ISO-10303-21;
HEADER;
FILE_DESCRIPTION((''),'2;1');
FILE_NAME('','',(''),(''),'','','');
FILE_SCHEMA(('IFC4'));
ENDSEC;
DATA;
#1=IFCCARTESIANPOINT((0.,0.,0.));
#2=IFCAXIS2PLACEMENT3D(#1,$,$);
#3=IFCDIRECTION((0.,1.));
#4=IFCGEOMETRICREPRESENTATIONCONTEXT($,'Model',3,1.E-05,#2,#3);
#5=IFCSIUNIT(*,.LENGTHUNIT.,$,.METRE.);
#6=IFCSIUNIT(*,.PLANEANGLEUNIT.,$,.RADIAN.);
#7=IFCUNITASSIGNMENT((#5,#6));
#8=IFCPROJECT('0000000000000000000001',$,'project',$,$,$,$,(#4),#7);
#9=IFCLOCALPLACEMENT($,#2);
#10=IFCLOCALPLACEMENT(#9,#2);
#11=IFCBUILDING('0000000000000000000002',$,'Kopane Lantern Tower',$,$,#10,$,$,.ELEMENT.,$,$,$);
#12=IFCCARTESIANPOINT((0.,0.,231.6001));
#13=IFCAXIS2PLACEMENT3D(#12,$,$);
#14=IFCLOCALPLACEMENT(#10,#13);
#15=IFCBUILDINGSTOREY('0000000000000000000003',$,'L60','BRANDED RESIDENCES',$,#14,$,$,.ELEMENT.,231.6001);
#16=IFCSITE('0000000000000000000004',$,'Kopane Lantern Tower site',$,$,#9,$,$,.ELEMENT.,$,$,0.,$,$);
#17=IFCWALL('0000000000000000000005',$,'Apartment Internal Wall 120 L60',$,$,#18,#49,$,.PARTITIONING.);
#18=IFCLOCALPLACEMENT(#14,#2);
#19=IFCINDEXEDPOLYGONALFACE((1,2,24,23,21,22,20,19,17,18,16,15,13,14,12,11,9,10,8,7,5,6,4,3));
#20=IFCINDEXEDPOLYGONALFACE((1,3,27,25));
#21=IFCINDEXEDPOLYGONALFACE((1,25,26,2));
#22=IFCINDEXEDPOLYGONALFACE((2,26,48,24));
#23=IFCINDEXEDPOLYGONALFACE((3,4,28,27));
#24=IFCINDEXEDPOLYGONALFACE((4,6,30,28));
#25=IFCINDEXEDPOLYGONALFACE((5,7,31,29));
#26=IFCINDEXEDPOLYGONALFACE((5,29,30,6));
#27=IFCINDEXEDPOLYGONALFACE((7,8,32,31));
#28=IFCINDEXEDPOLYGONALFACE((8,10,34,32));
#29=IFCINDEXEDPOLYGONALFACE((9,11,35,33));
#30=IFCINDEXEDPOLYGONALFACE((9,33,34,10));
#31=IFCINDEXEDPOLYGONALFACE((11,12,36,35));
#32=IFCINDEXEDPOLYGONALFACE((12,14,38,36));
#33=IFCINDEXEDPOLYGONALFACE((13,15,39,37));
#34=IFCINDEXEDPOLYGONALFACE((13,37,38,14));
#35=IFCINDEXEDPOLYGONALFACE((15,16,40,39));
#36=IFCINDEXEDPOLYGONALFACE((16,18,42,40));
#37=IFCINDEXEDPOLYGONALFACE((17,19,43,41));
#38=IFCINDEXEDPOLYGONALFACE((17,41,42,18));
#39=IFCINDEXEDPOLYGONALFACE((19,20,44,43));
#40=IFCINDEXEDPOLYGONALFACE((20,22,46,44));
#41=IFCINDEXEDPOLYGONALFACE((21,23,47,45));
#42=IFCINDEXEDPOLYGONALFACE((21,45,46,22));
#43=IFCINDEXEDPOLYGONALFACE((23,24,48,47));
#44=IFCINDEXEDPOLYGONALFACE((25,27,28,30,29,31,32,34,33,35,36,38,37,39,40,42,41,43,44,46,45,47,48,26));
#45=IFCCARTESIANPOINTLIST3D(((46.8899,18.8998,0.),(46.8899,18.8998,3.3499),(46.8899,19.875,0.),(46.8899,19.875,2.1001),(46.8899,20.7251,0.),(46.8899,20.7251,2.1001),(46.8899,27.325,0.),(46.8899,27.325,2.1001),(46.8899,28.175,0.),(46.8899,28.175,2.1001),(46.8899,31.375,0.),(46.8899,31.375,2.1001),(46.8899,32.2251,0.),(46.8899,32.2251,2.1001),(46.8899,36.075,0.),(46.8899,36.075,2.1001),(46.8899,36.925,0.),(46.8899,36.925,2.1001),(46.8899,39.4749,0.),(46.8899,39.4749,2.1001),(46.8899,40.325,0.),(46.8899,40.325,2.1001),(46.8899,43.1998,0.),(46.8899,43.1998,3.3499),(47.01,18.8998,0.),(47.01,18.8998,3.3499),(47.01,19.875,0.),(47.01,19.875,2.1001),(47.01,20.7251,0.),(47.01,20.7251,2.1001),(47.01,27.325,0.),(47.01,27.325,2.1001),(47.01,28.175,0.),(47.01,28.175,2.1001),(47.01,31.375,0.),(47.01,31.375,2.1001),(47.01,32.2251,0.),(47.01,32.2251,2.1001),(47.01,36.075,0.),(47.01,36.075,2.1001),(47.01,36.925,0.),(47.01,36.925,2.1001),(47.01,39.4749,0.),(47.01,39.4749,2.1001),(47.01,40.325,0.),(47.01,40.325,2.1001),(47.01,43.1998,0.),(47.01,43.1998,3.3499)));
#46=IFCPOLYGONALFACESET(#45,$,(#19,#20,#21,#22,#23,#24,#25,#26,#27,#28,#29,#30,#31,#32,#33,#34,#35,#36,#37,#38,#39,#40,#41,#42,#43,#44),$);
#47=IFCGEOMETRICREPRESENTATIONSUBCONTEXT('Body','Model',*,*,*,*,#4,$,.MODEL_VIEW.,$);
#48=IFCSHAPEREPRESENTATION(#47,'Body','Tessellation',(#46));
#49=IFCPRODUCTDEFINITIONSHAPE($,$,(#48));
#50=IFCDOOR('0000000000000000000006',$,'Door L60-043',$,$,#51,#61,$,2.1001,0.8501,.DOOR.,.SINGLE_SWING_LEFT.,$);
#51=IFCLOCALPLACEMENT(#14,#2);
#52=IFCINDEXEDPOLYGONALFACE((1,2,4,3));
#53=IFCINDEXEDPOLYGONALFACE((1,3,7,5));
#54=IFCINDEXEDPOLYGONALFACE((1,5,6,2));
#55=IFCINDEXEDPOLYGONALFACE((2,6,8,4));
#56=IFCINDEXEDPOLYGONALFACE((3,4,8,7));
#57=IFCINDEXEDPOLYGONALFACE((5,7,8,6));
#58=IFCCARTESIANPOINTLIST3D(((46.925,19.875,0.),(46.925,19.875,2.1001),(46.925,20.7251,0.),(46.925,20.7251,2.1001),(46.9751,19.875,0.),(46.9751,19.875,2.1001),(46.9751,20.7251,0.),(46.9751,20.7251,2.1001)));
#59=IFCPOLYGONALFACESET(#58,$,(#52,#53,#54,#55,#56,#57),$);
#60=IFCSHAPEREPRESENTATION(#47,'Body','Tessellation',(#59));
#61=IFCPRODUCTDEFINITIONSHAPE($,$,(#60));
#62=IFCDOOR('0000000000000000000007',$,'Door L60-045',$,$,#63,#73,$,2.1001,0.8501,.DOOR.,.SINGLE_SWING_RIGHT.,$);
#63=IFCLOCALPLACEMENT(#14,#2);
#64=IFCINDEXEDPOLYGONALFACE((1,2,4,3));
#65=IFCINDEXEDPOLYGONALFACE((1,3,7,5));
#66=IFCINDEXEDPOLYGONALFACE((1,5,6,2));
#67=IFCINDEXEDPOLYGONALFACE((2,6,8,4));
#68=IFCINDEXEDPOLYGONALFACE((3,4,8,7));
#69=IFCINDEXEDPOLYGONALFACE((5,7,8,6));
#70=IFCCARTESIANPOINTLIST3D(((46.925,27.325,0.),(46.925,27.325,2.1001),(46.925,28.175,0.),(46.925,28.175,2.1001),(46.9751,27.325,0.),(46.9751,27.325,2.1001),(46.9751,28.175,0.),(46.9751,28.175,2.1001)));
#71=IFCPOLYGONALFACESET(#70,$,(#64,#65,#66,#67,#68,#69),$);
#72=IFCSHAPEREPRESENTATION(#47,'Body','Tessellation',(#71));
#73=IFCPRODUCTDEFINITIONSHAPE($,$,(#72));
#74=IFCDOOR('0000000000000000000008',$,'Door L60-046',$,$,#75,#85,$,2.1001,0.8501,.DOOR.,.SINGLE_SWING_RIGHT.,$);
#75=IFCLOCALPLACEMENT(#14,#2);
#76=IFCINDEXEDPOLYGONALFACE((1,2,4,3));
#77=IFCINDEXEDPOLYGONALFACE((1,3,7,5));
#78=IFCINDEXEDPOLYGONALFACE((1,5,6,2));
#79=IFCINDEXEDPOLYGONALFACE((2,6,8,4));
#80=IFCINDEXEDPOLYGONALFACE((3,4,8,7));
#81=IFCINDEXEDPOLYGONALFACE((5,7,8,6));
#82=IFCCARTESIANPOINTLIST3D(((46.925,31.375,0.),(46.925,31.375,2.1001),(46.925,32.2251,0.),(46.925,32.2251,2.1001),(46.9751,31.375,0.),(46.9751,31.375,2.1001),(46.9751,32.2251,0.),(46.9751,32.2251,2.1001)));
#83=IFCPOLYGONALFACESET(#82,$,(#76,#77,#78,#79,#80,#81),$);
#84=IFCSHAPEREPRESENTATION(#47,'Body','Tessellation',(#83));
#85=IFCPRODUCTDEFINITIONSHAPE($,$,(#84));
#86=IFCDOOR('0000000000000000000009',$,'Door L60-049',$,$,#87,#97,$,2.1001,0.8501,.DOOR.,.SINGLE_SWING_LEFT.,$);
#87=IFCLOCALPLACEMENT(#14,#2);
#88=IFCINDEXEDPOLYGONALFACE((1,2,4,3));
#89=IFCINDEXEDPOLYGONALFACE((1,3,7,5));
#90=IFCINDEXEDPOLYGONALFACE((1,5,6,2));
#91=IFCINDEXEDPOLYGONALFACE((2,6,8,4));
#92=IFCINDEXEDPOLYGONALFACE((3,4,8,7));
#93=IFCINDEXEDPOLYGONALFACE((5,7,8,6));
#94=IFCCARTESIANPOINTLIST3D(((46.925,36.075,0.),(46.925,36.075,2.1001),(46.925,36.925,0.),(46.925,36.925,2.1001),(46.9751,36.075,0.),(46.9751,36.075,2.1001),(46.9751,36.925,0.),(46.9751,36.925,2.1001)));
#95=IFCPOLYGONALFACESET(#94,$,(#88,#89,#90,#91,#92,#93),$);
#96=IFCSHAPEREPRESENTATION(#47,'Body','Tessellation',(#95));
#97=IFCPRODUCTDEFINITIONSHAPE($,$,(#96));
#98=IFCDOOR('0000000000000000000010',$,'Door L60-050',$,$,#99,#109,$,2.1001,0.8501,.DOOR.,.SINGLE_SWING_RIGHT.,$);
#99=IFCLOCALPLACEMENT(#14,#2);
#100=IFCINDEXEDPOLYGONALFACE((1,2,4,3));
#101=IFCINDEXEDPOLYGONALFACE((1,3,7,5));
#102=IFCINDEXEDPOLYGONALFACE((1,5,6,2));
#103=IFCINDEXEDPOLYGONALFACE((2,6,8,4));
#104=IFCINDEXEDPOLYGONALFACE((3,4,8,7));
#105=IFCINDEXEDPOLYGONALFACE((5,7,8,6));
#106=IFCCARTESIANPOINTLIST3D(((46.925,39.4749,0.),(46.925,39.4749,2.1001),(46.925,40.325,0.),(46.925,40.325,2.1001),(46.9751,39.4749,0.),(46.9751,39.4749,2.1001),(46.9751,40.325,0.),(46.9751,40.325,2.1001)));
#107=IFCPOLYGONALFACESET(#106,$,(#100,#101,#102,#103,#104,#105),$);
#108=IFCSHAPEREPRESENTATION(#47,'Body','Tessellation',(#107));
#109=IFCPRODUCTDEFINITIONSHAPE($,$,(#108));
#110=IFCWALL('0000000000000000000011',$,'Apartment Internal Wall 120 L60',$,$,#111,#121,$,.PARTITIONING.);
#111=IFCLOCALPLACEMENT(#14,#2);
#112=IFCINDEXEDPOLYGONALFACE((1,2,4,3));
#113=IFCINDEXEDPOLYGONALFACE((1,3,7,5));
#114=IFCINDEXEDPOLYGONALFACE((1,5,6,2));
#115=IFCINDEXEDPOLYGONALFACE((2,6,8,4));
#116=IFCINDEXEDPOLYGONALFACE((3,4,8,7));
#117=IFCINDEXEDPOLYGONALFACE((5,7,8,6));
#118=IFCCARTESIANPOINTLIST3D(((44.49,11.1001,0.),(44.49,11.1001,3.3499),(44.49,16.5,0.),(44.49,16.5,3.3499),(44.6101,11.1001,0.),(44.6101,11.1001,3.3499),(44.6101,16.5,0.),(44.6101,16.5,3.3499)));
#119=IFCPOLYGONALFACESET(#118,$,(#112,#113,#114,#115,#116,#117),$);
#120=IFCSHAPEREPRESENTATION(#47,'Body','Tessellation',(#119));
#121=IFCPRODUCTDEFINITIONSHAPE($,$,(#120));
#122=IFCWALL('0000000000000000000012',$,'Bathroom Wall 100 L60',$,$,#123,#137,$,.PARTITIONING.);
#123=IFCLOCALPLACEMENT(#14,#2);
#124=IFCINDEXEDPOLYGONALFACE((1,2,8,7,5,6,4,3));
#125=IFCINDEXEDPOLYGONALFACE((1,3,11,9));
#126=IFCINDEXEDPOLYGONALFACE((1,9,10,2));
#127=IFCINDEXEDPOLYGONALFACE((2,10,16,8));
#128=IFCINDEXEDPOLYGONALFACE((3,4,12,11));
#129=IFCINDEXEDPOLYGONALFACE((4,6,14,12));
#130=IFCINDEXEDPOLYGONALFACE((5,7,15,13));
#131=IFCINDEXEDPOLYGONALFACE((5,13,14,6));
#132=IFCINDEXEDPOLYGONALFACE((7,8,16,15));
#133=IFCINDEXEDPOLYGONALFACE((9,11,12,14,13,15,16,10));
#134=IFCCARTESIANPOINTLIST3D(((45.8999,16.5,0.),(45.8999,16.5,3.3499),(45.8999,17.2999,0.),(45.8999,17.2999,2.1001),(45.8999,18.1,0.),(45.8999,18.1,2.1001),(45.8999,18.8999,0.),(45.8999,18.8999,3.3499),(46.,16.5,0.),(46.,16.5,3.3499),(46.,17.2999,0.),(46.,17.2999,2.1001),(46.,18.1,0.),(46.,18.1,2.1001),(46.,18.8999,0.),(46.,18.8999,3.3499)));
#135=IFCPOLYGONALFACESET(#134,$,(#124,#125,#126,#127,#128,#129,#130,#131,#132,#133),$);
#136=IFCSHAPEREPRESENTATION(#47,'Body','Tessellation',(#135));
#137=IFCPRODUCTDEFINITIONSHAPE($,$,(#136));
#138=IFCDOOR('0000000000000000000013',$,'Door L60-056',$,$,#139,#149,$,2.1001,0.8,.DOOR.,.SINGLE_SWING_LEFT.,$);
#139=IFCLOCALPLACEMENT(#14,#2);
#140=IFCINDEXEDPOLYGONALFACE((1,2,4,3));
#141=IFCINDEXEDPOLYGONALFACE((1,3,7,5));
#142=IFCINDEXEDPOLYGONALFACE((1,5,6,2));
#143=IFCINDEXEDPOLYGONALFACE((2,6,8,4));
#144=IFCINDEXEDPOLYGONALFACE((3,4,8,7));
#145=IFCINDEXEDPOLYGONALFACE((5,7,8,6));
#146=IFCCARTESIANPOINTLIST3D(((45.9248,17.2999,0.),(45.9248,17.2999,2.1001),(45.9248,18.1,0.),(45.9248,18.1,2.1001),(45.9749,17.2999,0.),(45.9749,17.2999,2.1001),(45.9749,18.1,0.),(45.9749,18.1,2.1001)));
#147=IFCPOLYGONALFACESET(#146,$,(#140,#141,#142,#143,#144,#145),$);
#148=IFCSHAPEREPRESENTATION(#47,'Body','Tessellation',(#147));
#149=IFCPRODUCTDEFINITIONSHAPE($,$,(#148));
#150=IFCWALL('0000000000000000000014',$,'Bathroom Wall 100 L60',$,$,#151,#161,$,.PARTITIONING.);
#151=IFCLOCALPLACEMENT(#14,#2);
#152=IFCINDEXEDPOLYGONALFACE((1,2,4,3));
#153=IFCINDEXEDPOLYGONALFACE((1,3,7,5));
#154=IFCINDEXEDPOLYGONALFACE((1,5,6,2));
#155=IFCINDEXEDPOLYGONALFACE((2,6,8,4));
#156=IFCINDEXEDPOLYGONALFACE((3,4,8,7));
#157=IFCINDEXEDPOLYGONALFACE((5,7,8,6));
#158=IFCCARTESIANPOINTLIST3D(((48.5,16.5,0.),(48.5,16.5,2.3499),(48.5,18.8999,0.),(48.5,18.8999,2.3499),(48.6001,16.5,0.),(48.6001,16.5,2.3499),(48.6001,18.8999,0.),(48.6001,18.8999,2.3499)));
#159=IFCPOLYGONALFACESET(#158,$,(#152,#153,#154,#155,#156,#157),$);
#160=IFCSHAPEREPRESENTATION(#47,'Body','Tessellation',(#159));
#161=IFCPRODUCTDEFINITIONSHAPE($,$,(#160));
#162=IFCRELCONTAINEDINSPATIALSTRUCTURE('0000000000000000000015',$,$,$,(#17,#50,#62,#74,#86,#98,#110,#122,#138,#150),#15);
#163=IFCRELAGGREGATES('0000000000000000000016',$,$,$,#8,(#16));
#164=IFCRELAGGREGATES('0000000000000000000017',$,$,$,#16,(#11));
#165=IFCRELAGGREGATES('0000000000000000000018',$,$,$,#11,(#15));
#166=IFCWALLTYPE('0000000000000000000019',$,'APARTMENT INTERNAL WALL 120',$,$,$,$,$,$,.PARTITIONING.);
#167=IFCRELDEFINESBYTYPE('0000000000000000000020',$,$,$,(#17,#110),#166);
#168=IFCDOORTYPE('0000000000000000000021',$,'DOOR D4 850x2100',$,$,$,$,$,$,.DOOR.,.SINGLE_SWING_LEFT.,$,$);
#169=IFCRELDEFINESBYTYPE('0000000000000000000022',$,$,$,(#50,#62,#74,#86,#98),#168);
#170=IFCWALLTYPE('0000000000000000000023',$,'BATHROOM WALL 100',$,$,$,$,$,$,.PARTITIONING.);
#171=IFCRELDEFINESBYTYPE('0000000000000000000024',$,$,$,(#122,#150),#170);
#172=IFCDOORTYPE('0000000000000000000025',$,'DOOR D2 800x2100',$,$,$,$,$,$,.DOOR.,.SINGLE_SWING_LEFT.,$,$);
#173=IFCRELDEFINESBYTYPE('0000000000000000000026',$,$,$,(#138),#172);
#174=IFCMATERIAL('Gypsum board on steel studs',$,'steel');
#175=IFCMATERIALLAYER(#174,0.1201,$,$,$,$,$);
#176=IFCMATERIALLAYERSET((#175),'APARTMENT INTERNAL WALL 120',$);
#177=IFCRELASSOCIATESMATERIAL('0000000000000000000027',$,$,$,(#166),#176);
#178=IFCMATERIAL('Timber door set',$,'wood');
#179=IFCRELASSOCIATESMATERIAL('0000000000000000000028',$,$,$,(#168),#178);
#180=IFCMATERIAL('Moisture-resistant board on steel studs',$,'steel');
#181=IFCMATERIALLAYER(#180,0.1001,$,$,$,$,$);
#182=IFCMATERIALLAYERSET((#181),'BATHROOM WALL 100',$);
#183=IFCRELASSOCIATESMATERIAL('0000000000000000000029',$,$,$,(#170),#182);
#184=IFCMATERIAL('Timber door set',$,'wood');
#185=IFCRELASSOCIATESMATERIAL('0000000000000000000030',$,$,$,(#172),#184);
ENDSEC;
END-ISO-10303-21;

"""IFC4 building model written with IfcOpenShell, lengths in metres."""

from ifc_helpers import new_model, si_unit, direction, frame, frame_2d, origin, place, context, subcontext, project, spatial, rectangle, extrude, material, layer, layer_set, type_object, element, fill, save


model = new_model("IFC4")

# Units and contexts
model_context = context("Model", 3, precision=1e-05, world=origin(), true_north=direction((0.0, 1.0)))
body_context = subcontext(model_context, "Body", "Model", "MODEL_VIEW")
ifc_project = project(units=[si_unit("LENGTHUNIT", "METRE"), si_unit("PLANEANGLEUNIT", "RADIAN")], contexts=[model_context])

# Site, building, storey
site_placement = place(None, origin())
site = spatial("IfcSite", under=ifc_project, at=site_placement, Name="Kopane Lantern Tower site", CompositionType="ELEMENT", RefElevation=0.0)
building_placement = place(site_placement, origin())
building = spatial("IfcBuilding", under=site, at=building_placement, Name="Kopane Lantern Tower", CompositionType="ELEMENT")
storey_placement = place(building_placement, frame((0.0, 0.0, 231.6001)))
storey = spatial("IfcBuildingStorey", under=building, at=storey_placement, Name="L60", Description="BRANDED RESIDENCES", CompositionType="ELEMENT", Elevation=231.6001)

# Wall, openings, doors
ifc_material_1 = material(Name="Gypsum board on steel studs", Category="steel")
ifc_layer_1 = layer(ifc_material_1, 0.1201)
ifc_layer_set_1 = layer_set([ifc_layer_1], Name="APARTMENT INTERNAL WALL 120")
wall_type_1 = type_object("IfcWallType", Name="APARTMENT INTERNAL WALL 120", PredefinedType="PARTITIONING", material=ifc_layer_set_1)
wall_1_placement = place(storey_placement, frame((46.95, 18.8999, 0.0), z_axis=(0.0, 0.0, 1.0), x_axis=(0.0, 1.0, 0.0)))
wall_1 = element("IfcWall", 1, at=wall_1_placement, inside=storey, type_object=wall_type_1, Name="Apartment Internal Wall 120 L60", PredefinedType="PARTITIONING", context=body_context, shape_type="SweptSolid", body=[
    extrude(rectangle(XDim=24.3, YDim=0.1201, at=frame_2d((12.1499, 0.0))), origin(), (0.0, 0.0, 1.0), 3.3499),
])
opening_1_placement = place(wall_1_placement, frame((0.9751, 0.0, 0.0)))
opening_1 = element("IfcOpeningElement", 2, at=opening_1_placement, cuts=wall_1, PredefinedType="OPENING", context=body_context, shape_type="SweptSolid", body=[
    extrude(rectangle(XDim=0.8501, YDim=2.1001, at=frame_2d((0.425, 1.05))), frame((0.0, 0.0701, 0.0), z_axis=(0.0, -1.0, 0.0), x_axis=(1.0, 0.0, 0.0)), (0.0, 0.0, 1.0), 0.1401),
])
opening_2_placement = place(wall_1_placement, frame((8.425, 0.0, 0.0)))
opening_2 = element("IfcOpeningElement", 3, at=opening_2_placement, cuts=wall_1, PredefinedType="OPENING", context=body_context, shape_type="SweptSolid", body=[
    extrude(rectangle(XDim=0.8501, YDim=2.1001, at=frame_2d((0.425, 1.05))), frame((0.0, 0.0701, 0.0), z_axis=(0.0, -1.0, 0.0), x_axis=(1.0, 0.0, 0.0)), (0.0, 0.0, 1.0), 0.1401),
])
opening_3_placement = place(wall_1_placement, frame((12.4751, 0.0, 0.0)))
opening_3 = element("IfcOpeningElement", 4, at=opening_3_placement, cuts=wall_1, PredefinedType="OPENING", context=body_context, shape_type="SweptSolid", body=[
    extrude(rectangle(XDim=0.8501, YDim=2.1001, at=frame_2d((0.425, 1.05))), frame((0.0, 0.0701, 0.0), z_axis=(0.0, -1.0, 0.0), x_axis=(1.0, 0.0, 0.0)), (0.0, 0.0, 1.0), 0.1401),
])
opening_4_placement = place(wall_1_placement, frame((17.175, 0.0, 0.0)))
opening_4 = element("IfcOpeningElement", 5, at=opening_4_placement, cuts=wall_1, PredefinedType="OPENING", context=body_context, shape_type="SweptSolid", body=[
    extrude(rectangle(XDim=0.8501, YDim=2.1001, at=frame_2d((0.425, 1.05))), frame((0.0, 0.0701, 0.0), z_axis=(0.0, -1.0, 0.0), x_axis=(1.0, 0.0, 0.0)), (0.0, 0.0, 1.0), 0.1401),
])
opening_5_placement = place(wall_1_placement, frame((20.575, 0.0, 0.0)))
opening_5 = element("IfcOpeningElement", 6, at=opening_5_placement, cuts=wall_1, PredefinedType="OPENING", context=body_context, shape_type="SweptSolid", body=[
    extrude(rectangle(XDim=0.8501, YDim=2.1001, at=frame_2d((0.425, 1.05))), frame((0.0, 0.0701, 0.0), z_axis=(0.0, -1.0, 0.0), x_axis=(1.0, 0.0, 0.0)), (0.0, 0.0, 1.0), 0.1401),
])
ifc_material_2 = material(Name="Timber door set", Category="wood")
door_type_1 = type_object("IfcDoorType", Name="DOOR D4 850x2100", OperationType="SINGLE_SWING_LEFT", PredefinedType="DOOR", material=ifc_material_2)
door_1_placement = place(opening_1_placement, origin())
door_1 = element("IfcDoor", 7, at=door_1_placement, inside=storey, type_object=door_type_1, Name="Door L60-043", OperationType="SINGLE_SWING_LEFT", OverallHeight=2.1001, OverallWidth=0.8501, PredefinedType="DOOR", context=body_context, shape_type="SweptSolid", body=[
    extrude(rectangle(XDim=0.8501, YDim=2.1001, at=frame_2d((0.425, 1.05))), frame((0.0, 0.0249, 0.0), z_axis=(0.0, -1.0, 0.0), x_axis=(1.0, 0.0, 0.0)), (0.0, 0.0, 1.0), 0.05),
])
fill(opening_1, door_1)
door_2_placement = place(opening_2_placement, origin())
door_2 = element("IfcDoor", 8, at=door_2_placement, inside=storey, type_object=door_type_1, Name="Door L60-045", OperationType="SINGLE_SWING_RIGHT", OverallHeight=2.1001, OverallWidth=0.8501, PredefinedType="DOOR", context=body_context, shape_type="SweptSolid", body=[
    extrude(rectangle(XDim=0.8501, YDim=2.1001, at=frame_2d((0.425, 1.05))), frame((0.0, 0.0249, 0.0), z_axis=(0.0, -1.0, 0.0), x_axis=(1.0, 0.0, 0.0)), (0.0, 0.0, 1.0), 0.05),
])
fill(opening_2, door_2)
door_3_placement = place(opening_3_placement, origin())
door_3 = element("IfcDoor", 9, at=door_3_placement, inside=storey, type_object=door_type_1, Name="Door L60-046", OperationType="SINGLE_SWING_RIGHT", OverallHeight=2.1001, OverallWidth=0.8501, PredefinedType="DOOR", context=body_context, shape_type="SweptSolid", body=[
    extrude(rectangle(XDim=0.8501, YDim=2.1001, at=frame_2d((0.425, 1.05))), frame((0.0, 0.0249, 0.0), z_axis=(0.0, -1.0, 0.0), x_axis=(1.0, 0.0, 0.0)), (0.0, 0.0, 1.0), 0.05),
])
fill(opening_3, door_3)
door_4_placement = place(opening_4_placement, origin())
door_4 = element("IfcDoor", 10, at=door_4_placement, inside=storey, type_object=door_type_1, Name="Door L60-049", OperationType="SINGLE_SWING_LEFT", OverallHeight=2.1001, OverallWidth=0.8501, PredefinedType="DOOR", context=body_context, shape_type="SweptSolid", body=[
    extrude(rectangle(XDim=0.8501, YDim=2.1001, at=frame_2d((0.425, 1.05))), frame((0.0, 0.0249, 0.0), z_axis=(0.0, -1.0, 0.0), x_axis=(1.0, 0.0, 0.0)), (0.0, 0.0, 1.0), 0.05),
])
fill(opening_4, door_4)
door_5_placement = place(opening_5_placement, origin())
door_5 = element("IfcDoor", 11, at=door_5_placement, inside=storey, type_object=door_type_1, Name="Door L60-050", OperationType="SINGLE_SWING_RIGHT", OverallHeight=2.1001, OverallWidth=0.8501, PredefinedType="DOOR", context=body_context, shape_type="SweptSolid", body=[
    extrude(rectangle(XDim=0.8501, YDim=2.1001, at=frame_2d((0.425, 1.05))), frame((0.0, 0.0249, 0.0), z_axis=(0.0, -1.0, 0.0), x_axis=(1.0, 0.0, 0.0)), (0.0, 0.0, 1.0), 0.05),
])
fill(opening_5, door_5)

# Wall
wall_2_placement = place(storey_placement, frame((44.55, 16.5, 0.0), z_axis=(0.0, 0.0, 1.0), x_axis=(0.0, -1.0, 0.0)))
element("IfcWall", 12, at=wall_2_placement, inside=storey, type_object=wall_type_1, Name="Apartment Internal Wall 120 L60", PredefinedType="PARTITIONING", context=body_context, shape_type="SweptSolid", body=[
    extrude(rectangle(XDim=5.3999, YDim=0.1201, at=frame_2d((2.7, 0.0))), origin(), (0.0, 0.0, 1.0), 3.3499),
])

# Wall, opening, door
ifc_material_3 = material(Name="Moisture-resistant board on steel studs", Category="steel")
ifc_layer_2 = layer(ifc_material_3, 0.1001)
ifc_layer_set_2 = layer_set([ifc_layer_2], Name="BATHROOM WALL 100")
wall_type_2 = type_object("IfcWallType", Name="BATHROOM WALL 100", PredefinedType="PARTITIONING", material=ifc_layer_set_2)
wall_3_placement = place(storey_placement, frame((45.95, 18.8999, 0.0), z_axis=(0.0, 0.0, 1.0), x_axis=(0.0, -1.0, 0.0)))
wall_3 = element("IfcWall", 13, at=wall_3_placement, inside=storey, type_object=wall_type_2, Name="Bathroom Wall 100 L60", PredefinedType="PARTITIONING", context=body_context, shape_type="SweptSolid", body=[
    extrude(rectangle(XDim=2.3999, YDim=0.1001, at=frame_2d((1.2, 0.0))), origin(), (0.0, 0.0, 1.0), 3.3499),
])
opening_6_placement = place(wall_3_placement, frame((0.8, 0.0, 0.0)))
opening_6 = element("IfcOpeningElement", 14, at=opening_6_placement, cuts=wall_3, PredefinedType="OPENING", context=body_context, shape_type="SweptSolid", body=[
    extrude(rectangle(XDim=0.8, YDim=2.1001, at=frame_2d((0.3999, 1.05))), frame((0.0, 0.0601, 0.0), z_axis=(0.0, -1.0, 0.0), x_axis=(1.0, 0.0, 0.0)), (0.0, 0.0, 1.0), 0.1201),
])
ifc_material_4 = material(Name="Timber door set", Category="wood")
door_type_2 = type_object("IfcDoorType", Name="DOOR D2 800x2100", OperationType="SINGLE_SWING_LEFT", PredefinedType="DOOR", material=ifc_material_4)
door_6_placement = place(opening_6_placement, origin())
door_6 = element("IfcDoor", 15, at=door_6_placement, inside=storey, type_object=door_type_2, Name="Door L60-056", OperationType="SINGLE_SWING_LEFT", OverallHeight=2.1001, OverallWidth=0.8, PredefinedType="DOOR", context=body_context, shape_type="SweptSolid", body=[
    extrude(rectangle(XDim=0.8, YDim=2.1001, at=frame_2d((0.3999, 1.05))), frame((0.0, 0.0249, 0.0), z_axis=(0.0, -1.0, 0.0), x_axis=(1.0, 0.0, 0.0)), (0.0, 0.0, 1.0), 0.05),
])
fill(opening_6, door_6)

# Wall
wall_4_placement = place(storey_placement, frame((48.55, 18.8999, 0.0), z_axis=(0.0, 0.0, 1.0), x_axis=(0.0, -1.0, 0.0)))
element("IfcWall", 16, at=wall_4_placement, inside=storey, type_object=wall_type_2, Name="Bathroom Wall 100 L60", PredefinedType="PARTITIONING", context=body_context, shape_type="SweptSolid", body=[
    extrude(rectangle(XDim=2.3999, YDim=0.1001, at=frame_2d((1.2, 0.0))), origin(), (0.0, 0.0, 1.0), 2.3499),
])

save(model, "model.ifc")
